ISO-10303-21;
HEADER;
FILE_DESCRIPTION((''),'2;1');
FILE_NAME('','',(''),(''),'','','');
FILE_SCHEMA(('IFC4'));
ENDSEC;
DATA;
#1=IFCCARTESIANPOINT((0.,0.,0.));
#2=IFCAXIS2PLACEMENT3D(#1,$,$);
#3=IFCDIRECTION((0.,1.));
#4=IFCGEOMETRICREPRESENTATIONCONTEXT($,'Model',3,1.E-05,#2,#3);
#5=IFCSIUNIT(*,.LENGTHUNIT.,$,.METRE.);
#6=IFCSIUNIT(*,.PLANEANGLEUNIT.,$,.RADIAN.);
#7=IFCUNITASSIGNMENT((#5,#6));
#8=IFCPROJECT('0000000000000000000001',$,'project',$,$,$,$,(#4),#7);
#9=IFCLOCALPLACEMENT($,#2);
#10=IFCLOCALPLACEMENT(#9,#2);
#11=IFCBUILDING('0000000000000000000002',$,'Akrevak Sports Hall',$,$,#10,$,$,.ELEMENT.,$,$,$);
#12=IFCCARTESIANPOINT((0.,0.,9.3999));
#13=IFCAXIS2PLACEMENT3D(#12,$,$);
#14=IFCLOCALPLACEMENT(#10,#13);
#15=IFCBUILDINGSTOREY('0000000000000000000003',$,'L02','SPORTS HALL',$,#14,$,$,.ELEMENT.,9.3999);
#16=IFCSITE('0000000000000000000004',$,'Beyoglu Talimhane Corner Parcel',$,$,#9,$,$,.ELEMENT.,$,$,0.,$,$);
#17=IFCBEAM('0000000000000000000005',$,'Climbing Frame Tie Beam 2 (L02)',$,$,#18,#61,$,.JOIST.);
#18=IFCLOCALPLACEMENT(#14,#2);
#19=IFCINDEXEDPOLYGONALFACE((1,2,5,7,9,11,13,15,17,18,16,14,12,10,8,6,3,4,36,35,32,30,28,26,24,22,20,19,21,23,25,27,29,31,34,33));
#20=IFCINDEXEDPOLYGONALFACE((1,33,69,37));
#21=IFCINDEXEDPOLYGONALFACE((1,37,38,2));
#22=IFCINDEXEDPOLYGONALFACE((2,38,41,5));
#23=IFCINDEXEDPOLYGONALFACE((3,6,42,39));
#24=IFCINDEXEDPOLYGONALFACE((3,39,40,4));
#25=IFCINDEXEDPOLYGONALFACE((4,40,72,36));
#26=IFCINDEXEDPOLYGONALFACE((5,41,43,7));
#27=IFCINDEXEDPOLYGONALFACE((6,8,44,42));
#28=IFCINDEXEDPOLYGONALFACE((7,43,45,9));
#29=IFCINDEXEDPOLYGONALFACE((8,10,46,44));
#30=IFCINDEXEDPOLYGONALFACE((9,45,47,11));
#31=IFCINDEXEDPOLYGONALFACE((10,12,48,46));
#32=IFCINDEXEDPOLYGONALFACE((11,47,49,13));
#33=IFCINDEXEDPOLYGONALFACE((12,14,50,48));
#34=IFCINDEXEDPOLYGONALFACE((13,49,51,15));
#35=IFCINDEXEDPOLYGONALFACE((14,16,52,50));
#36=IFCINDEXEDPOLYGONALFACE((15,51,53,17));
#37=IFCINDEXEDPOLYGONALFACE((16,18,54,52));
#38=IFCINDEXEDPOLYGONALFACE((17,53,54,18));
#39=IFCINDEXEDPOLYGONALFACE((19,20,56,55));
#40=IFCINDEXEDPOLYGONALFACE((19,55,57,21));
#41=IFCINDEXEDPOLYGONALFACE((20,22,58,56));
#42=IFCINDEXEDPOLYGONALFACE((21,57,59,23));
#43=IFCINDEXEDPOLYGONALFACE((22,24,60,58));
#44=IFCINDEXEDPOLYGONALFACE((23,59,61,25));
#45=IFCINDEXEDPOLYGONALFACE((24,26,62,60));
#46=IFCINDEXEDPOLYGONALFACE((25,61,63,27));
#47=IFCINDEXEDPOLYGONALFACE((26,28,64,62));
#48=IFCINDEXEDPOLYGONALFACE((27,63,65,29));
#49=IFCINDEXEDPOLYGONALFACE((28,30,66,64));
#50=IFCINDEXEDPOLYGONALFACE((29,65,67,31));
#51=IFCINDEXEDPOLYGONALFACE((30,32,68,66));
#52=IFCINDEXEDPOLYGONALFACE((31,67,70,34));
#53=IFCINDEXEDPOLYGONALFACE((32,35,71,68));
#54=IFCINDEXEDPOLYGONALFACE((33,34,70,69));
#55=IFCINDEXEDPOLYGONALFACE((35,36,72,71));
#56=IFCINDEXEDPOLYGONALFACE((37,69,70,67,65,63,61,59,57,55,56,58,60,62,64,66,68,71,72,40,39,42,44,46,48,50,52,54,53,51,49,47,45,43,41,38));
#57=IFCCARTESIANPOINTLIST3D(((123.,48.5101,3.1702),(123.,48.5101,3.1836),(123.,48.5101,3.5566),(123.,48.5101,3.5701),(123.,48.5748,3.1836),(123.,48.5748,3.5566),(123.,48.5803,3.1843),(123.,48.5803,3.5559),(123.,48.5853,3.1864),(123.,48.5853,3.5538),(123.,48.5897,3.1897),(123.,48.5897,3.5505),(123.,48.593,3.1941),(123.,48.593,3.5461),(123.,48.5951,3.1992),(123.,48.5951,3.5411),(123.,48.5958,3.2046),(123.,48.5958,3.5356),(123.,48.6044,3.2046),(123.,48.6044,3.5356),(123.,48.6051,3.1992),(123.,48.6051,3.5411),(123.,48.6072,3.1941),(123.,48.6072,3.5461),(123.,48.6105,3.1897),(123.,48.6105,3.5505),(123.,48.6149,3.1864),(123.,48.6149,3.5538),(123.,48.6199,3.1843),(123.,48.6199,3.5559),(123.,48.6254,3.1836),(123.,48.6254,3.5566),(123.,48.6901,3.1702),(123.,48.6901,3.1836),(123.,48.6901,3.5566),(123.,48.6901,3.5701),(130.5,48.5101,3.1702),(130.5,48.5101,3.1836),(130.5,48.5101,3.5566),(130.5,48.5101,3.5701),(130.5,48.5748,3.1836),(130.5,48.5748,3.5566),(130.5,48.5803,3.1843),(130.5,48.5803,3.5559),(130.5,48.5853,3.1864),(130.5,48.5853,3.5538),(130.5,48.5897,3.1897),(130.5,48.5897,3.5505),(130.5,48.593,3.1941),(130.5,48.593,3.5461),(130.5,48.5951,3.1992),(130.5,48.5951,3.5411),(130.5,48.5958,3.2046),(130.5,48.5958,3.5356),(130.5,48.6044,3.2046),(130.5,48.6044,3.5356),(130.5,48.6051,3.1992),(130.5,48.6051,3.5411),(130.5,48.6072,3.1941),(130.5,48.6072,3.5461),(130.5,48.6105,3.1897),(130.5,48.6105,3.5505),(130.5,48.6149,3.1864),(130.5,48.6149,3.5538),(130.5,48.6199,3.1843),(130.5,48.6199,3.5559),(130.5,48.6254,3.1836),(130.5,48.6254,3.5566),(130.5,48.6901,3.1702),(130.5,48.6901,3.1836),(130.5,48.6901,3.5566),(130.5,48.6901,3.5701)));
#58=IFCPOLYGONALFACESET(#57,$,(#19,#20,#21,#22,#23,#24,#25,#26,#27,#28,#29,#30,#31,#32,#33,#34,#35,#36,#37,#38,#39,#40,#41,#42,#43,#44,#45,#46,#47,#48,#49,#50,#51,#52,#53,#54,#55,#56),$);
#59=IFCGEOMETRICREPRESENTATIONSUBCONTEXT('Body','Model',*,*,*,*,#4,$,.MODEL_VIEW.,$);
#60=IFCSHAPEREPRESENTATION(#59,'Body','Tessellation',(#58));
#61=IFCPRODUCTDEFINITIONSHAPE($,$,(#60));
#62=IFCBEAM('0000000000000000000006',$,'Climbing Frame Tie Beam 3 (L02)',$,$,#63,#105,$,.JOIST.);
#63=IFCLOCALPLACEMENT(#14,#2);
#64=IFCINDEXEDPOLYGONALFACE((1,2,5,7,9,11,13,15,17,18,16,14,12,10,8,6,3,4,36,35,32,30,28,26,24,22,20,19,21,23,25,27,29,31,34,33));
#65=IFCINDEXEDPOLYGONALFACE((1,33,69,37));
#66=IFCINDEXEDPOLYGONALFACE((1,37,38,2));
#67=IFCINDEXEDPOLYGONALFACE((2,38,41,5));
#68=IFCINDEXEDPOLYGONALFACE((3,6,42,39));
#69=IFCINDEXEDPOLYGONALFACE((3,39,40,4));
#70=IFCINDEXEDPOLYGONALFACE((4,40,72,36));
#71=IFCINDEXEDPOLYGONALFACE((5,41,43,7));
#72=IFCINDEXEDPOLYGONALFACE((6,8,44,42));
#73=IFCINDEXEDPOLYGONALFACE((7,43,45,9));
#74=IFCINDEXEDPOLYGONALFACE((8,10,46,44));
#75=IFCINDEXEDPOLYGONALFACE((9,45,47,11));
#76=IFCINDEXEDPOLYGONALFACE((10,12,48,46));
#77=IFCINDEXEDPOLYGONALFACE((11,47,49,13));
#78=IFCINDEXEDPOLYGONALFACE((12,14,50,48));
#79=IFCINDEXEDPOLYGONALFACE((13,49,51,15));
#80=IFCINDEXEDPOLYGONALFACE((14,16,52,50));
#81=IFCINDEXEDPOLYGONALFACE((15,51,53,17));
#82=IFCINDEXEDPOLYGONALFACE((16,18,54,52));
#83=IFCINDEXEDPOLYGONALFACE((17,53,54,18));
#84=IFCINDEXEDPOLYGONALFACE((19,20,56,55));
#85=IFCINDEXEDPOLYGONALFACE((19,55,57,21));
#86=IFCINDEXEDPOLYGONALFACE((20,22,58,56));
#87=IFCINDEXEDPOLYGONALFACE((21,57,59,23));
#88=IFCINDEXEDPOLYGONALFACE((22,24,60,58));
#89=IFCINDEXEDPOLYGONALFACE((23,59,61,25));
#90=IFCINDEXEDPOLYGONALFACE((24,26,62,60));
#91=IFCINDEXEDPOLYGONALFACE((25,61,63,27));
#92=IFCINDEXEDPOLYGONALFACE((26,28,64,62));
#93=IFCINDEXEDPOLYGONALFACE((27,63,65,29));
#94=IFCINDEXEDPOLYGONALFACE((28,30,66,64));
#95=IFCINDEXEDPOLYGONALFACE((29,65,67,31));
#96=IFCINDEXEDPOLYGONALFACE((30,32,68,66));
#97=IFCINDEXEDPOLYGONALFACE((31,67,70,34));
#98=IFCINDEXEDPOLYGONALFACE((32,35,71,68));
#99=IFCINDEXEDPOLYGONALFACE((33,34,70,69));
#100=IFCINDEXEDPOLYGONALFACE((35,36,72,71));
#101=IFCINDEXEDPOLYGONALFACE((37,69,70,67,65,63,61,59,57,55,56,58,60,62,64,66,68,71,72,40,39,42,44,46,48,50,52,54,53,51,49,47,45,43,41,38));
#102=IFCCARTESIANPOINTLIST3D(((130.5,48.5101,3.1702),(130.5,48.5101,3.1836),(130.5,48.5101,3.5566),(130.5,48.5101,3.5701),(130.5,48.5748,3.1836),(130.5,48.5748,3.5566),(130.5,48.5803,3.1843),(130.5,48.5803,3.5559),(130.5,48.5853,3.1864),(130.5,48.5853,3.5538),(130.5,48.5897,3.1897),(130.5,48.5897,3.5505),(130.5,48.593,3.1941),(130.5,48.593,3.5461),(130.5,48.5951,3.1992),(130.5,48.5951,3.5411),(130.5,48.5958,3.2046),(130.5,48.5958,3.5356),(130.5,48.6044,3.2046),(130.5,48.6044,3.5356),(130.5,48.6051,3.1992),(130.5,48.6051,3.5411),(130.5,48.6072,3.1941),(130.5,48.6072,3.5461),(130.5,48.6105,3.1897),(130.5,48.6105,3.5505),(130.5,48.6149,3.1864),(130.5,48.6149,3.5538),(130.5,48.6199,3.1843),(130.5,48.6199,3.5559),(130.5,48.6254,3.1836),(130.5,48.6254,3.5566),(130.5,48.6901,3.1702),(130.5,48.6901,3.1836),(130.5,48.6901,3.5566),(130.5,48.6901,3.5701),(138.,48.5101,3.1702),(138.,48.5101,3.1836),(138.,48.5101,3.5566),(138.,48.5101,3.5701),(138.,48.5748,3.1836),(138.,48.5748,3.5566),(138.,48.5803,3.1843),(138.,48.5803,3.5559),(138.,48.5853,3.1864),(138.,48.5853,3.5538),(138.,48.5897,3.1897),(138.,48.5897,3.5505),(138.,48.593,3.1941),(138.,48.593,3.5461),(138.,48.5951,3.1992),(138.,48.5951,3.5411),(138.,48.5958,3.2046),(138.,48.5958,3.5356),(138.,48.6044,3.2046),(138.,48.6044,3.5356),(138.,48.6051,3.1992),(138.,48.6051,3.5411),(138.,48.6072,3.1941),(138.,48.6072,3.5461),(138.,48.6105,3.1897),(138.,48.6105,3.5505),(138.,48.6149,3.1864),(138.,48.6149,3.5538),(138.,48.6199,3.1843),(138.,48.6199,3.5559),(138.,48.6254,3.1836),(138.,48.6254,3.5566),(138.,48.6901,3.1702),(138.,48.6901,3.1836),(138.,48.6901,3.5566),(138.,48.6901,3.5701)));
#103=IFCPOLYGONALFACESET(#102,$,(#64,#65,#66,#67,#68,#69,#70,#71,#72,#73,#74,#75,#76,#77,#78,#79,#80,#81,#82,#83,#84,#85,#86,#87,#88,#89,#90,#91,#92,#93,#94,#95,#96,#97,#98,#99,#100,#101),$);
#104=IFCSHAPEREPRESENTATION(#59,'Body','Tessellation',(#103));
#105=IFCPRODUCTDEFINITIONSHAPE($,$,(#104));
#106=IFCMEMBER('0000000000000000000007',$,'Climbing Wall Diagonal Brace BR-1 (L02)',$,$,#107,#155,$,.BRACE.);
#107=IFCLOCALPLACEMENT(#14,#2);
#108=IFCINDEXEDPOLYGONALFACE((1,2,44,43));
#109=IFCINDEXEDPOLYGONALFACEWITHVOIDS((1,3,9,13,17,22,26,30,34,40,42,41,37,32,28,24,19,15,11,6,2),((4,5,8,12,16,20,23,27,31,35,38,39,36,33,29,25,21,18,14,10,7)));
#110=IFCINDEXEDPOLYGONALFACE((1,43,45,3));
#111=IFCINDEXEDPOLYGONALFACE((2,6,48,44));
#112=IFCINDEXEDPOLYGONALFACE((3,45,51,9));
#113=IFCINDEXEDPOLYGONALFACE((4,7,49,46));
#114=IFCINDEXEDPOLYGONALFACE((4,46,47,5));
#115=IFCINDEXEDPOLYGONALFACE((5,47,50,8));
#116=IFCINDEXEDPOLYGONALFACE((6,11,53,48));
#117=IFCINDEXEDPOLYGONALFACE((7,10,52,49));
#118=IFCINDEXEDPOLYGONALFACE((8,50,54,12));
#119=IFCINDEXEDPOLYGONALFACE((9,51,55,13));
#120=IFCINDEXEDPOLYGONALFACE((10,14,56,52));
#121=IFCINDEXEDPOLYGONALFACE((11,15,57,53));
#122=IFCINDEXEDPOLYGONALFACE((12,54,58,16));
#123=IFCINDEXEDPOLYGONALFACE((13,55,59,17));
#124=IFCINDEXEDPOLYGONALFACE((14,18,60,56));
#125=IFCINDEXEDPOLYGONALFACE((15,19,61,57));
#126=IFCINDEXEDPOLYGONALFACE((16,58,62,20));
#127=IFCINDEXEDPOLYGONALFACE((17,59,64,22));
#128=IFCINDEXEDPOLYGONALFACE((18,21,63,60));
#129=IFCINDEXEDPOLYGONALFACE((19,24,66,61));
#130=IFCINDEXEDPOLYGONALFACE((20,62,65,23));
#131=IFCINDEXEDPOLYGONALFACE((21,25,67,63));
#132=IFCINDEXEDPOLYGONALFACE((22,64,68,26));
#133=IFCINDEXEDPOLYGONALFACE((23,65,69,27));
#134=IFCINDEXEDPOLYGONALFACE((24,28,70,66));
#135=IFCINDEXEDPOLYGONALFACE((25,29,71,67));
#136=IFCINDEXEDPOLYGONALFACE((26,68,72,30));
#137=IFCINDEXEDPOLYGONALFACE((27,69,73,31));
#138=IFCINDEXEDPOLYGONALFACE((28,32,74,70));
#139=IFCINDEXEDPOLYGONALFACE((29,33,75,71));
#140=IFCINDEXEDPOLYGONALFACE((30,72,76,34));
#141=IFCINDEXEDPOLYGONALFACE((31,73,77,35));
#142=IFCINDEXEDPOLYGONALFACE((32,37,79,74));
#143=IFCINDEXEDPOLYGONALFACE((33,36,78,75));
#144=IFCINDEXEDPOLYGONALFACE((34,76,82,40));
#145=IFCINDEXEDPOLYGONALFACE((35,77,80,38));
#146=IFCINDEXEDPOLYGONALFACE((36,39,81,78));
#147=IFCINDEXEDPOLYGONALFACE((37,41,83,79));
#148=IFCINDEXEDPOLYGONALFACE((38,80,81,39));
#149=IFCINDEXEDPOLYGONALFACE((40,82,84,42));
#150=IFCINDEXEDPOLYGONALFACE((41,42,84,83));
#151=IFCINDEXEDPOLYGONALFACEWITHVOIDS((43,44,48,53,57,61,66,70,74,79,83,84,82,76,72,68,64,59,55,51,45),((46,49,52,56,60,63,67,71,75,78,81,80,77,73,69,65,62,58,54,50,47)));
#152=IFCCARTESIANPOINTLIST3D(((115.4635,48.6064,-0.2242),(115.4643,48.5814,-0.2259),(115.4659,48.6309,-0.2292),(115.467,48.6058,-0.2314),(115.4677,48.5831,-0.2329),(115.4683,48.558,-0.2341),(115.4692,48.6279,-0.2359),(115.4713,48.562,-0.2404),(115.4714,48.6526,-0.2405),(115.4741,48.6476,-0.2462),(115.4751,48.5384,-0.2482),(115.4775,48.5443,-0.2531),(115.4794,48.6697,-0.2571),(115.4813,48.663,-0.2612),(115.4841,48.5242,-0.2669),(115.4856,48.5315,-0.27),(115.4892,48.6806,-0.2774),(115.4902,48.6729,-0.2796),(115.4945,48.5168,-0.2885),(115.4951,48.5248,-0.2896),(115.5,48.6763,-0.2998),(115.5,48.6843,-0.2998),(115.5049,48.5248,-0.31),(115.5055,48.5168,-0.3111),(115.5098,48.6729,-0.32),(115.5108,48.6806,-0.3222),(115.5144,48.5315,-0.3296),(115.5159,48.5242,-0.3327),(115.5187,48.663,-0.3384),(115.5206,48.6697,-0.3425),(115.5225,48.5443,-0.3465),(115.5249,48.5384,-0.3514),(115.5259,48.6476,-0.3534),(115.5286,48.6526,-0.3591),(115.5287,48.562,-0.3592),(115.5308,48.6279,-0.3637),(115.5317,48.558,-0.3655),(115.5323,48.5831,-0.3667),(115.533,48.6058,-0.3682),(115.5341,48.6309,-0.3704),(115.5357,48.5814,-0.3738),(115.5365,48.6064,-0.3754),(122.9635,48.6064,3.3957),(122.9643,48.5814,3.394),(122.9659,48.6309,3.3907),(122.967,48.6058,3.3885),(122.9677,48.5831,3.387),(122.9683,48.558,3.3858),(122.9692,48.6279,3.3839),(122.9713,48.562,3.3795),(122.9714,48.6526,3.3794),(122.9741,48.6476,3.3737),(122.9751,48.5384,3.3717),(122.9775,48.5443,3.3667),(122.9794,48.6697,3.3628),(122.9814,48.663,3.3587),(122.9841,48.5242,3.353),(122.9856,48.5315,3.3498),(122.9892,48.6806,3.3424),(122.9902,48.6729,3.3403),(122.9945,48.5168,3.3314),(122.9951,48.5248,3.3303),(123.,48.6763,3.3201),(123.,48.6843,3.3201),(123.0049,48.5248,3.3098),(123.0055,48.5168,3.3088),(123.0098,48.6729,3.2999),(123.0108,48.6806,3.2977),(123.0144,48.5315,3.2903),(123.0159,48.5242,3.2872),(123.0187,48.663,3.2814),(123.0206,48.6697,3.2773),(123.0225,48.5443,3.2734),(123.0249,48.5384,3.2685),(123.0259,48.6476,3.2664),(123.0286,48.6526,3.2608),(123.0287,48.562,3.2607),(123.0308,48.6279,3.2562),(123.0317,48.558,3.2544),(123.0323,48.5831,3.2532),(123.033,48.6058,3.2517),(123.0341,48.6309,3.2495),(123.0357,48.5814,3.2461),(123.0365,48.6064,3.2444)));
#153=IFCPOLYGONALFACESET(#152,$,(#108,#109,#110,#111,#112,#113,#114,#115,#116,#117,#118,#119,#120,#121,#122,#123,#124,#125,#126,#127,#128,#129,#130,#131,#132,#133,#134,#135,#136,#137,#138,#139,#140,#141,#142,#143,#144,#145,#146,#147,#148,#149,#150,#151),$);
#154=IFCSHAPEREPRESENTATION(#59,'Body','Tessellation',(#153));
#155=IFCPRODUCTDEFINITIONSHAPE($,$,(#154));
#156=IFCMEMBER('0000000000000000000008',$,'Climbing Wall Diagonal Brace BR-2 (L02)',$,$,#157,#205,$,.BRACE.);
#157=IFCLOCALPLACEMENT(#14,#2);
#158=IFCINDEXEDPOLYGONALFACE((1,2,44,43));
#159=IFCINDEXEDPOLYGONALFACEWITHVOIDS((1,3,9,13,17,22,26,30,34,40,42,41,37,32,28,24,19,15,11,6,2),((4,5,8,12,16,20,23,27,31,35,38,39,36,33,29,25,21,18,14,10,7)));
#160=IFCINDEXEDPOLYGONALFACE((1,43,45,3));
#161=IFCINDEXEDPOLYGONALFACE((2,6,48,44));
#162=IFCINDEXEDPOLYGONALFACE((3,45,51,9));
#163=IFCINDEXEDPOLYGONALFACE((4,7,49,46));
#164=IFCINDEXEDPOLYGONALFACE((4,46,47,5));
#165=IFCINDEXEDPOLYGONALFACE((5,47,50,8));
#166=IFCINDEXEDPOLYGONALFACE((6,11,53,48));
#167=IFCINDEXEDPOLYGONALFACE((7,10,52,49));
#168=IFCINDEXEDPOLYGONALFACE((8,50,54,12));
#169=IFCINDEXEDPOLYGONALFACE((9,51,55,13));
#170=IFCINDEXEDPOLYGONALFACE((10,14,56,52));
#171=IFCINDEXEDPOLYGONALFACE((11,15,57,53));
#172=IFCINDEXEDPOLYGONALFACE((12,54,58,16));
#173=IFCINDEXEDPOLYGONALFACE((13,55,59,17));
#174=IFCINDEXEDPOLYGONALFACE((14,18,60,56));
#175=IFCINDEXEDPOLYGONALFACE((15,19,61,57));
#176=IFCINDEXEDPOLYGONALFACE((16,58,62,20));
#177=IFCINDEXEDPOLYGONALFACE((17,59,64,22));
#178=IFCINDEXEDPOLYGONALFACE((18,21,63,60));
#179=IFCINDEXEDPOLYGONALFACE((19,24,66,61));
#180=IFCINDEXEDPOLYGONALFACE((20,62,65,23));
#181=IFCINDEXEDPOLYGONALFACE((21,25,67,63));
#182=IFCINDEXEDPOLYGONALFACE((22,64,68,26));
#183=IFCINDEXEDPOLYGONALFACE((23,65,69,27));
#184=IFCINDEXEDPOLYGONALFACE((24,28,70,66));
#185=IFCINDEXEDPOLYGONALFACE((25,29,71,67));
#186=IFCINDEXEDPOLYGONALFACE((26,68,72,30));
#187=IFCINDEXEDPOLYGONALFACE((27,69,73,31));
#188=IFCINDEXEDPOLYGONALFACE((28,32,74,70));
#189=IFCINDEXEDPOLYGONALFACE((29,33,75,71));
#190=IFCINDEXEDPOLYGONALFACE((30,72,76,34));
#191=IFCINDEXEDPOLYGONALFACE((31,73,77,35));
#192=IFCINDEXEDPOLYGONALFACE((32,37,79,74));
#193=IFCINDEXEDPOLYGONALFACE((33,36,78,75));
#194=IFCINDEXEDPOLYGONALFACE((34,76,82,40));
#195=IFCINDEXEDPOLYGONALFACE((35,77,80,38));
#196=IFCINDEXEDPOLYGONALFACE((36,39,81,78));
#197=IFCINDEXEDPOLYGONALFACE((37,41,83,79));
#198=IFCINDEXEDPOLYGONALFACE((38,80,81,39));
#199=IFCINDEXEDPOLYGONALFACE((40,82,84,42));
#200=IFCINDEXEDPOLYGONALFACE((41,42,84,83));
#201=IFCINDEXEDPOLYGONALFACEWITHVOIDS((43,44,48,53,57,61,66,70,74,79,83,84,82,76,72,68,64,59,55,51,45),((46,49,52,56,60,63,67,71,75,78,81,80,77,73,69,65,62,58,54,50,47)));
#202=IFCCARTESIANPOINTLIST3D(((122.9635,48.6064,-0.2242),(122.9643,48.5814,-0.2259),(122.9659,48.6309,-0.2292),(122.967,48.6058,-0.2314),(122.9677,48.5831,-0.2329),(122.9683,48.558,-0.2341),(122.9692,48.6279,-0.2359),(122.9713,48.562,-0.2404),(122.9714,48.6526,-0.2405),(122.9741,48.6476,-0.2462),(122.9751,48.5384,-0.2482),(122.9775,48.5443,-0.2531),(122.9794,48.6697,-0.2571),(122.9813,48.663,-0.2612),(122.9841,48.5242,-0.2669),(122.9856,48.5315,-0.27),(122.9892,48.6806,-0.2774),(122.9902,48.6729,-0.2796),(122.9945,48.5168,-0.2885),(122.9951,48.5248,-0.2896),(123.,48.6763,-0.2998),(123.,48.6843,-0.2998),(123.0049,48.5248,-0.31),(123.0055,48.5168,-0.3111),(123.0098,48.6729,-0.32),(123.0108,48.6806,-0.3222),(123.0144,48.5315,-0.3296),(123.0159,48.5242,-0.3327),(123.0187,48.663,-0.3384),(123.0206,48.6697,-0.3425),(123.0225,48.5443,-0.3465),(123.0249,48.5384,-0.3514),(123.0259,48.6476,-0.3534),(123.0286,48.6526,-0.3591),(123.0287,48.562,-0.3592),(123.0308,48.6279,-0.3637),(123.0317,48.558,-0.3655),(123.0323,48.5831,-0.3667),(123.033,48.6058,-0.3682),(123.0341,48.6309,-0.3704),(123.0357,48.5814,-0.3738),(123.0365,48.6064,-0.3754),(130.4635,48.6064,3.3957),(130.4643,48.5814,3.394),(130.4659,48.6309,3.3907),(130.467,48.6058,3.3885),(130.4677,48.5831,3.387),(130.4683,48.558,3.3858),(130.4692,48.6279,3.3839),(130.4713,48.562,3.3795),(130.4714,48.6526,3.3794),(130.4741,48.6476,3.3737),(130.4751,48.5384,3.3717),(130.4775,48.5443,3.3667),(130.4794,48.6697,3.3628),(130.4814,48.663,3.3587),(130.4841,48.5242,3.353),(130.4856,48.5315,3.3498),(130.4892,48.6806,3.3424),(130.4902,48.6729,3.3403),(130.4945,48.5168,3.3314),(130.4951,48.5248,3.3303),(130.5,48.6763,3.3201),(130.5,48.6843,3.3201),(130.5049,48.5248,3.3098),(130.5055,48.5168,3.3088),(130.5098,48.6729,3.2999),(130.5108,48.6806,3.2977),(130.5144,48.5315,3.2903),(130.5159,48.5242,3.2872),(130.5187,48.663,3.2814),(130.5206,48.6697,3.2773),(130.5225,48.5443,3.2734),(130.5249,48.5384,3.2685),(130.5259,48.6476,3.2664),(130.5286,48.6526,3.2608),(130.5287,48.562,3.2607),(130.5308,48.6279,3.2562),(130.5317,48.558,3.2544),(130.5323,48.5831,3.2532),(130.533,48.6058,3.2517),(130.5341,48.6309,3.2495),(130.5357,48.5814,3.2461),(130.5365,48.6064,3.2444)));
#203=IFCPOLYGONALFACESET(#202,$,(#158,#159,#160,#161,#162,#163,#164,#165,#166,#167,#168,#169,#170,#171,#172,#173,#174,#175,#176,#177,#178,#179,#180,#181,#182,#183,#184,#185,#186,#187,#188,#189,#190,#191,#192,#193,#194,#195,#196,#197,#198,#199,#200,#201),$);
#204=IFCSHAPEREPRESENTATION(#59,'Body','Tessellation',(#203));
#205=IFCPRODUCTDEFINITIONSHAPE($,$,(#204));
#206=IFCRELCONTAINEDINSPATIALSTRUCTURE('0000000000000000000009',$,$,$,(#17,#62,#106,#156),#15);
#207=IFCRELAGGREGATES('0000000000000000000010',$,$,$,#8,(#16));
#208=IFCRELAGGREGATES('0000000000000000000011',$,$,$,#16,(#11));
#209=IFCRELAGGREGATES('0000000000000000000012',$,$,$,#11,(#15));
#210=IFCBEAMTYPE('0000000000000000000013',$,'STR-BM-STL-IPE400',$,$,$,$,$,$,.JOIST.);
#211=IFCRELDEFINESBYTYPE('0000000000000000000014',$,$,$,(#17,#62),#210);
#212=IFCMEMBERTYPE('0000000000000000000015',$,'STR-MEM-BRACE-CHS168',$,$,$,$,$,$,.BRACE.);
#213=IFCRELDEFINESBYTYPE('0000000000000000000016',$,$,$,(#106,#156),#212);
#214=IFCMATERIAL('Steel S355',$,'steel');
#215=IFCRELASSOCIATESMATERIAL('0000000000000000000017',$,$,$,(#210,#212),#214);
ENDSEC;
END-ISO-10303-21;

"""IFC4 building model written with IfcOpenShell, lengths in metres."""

from ifc_helpers import new_model, si_unit, direction, frame, origin, origin_2d, place, context, subcontext, project, spatial, hollow_circle, i_section, extrude, material, material_profile, profile_set, type_object, element, save


model = new_model("IFC4")

# Units and contexts
model_context = context("Model", 3, precision=1e-05, world=origin(), true_north=direction((0.0, 1.0)))
body_context = subcontext(model_context, "Body", "Model", "MODEL_VIEW")
ifc_project = project(units=[si_unit("LENGTHUNIT", "METRE"), si_unit("PLANEANGLEUNIT", "RADIAN")], contexts=[model_context])

# Site, building, storey
site_placement = place(None, origin())
site = spatial("IfcSite", under=ifc_project, at=site_placement, Name="Beyoglu Talimhane Corner Parcel", CompositionType="ELEMENT", RefElevation=0.0)
building_placement = place(site_placement, origin())
building = spatial("IfcBuilding", under=site, at=building_placement, Name="Akrevak Sports Hall", CompositionType="ELEMENT")
storey_placement = place(building_placement, frame((0.0, 0.0, 9.3999)))
storey = spatial("IfcBuildingStorey", under=building, at=storey_placement, Name="L02", Description="SPORTS HALL", CompositionType="ELEMENT", Elevation=9.3999)

# Shared definitions
ifc_material_1 = material(Name="Steel S355", Category="steel")

# Beams
ifc_material_profile_1 = material_profile(ifc_material_1, i_section(OverallWidth=0.1799, OverallDepth=0.3999, WebThickness=0.0085, FlangeThickness=0.0134, FilletRadius=0.021, at=origin_2d()), Name="IPE 400", Category="steel")
ifc_profile_set_1 = profile_set([ifc_material_profile_1], Name="Steel S355")
beam_type_1 = type_object("IfcBeamType", Name="STR-BM-STL-IPE400", PredefinedType="JOIST", material=ifc_profile_set_1)
for number, where, z_axis, x_axis, name in (
    (1, (123.0, 48.6001, 3.3701), (1.0, 0.0, 0.0), (0.0, 1.0, 0.0), "Climbing Frame Tie Beam 2 (L02)"),
    (2, (130.5, 48.6001, 3.3701), (1.0, 0.0, 0.0), (0.0, 1.0, 0.0), "Climbing Frame Tie Beam 3 (L02)"),
):
    element("IfcBeam", number, at=place(storey_placement, frame(where, z_axis=z_axis, x_axis=x_axis)), inside=storey, type_object=beam_type_1, Name=name, PredefinedType="JOIST", context=body_context, shape_type="SweptSolid", body=[
        extrude(i_section(OverallWidth=0.1799, OverallDepth=0.3999, WebThickness=0.0085, FlangeThickness=0.0134, FilletRadius=0.021, at=origin_2d()), origin(), (0.0, 0.0, 1.0), 7.5),
    ])

# Members
ifc_material_profile_2 = material_profile(ifc_material_1, hollow_circle(Radius=0.0842, WallThickness=0.0081, at=origin_2d()), Name="CHS 168.3x8", Category="steel")
ifc_profile_set_2 = profile_set([ifc_material_profile_2], Name="Steel S355")
member_type_1 = type_object("IfcMemberType", Name="STR-MEM-BRACE-CHS168", PredefinedType="BRACE", material=ifc_profile_set_2)
for number, where, z_axis, x_axis, name in (
    (3, (115.5, 48.6001, -0.2998), (0.90059, 0.0, 0.43467), (0.0, 1.0, 0.0), "Climbing Wall Diagonal Brace BR-1 (L02)"),
    (4, (123.0, 48.6001, -0.2998), (0.90059, 0.0, 0.43467), (0.0, 1.0, 0.0), "Climbing Wall Diagonal Brace BR-2 (L02)"),
):
    element("IfcMember", number, at=place(storey_placement, frame(where, z_axis=z_axis, x_axis=x_axis)), inside=storey, type_object=member_type_1, Name=name, PredefinedType="BRACE", context=body_context, shape_type="SweptSolid", body=[
        extrude(hollow_circle(Radius=0.0842, WallThickness=0.0081, at=origin_2d()), origin(), (0.0, 0.0, 1.0), 8.3279),
    ])

save(model, "model.ifc")
